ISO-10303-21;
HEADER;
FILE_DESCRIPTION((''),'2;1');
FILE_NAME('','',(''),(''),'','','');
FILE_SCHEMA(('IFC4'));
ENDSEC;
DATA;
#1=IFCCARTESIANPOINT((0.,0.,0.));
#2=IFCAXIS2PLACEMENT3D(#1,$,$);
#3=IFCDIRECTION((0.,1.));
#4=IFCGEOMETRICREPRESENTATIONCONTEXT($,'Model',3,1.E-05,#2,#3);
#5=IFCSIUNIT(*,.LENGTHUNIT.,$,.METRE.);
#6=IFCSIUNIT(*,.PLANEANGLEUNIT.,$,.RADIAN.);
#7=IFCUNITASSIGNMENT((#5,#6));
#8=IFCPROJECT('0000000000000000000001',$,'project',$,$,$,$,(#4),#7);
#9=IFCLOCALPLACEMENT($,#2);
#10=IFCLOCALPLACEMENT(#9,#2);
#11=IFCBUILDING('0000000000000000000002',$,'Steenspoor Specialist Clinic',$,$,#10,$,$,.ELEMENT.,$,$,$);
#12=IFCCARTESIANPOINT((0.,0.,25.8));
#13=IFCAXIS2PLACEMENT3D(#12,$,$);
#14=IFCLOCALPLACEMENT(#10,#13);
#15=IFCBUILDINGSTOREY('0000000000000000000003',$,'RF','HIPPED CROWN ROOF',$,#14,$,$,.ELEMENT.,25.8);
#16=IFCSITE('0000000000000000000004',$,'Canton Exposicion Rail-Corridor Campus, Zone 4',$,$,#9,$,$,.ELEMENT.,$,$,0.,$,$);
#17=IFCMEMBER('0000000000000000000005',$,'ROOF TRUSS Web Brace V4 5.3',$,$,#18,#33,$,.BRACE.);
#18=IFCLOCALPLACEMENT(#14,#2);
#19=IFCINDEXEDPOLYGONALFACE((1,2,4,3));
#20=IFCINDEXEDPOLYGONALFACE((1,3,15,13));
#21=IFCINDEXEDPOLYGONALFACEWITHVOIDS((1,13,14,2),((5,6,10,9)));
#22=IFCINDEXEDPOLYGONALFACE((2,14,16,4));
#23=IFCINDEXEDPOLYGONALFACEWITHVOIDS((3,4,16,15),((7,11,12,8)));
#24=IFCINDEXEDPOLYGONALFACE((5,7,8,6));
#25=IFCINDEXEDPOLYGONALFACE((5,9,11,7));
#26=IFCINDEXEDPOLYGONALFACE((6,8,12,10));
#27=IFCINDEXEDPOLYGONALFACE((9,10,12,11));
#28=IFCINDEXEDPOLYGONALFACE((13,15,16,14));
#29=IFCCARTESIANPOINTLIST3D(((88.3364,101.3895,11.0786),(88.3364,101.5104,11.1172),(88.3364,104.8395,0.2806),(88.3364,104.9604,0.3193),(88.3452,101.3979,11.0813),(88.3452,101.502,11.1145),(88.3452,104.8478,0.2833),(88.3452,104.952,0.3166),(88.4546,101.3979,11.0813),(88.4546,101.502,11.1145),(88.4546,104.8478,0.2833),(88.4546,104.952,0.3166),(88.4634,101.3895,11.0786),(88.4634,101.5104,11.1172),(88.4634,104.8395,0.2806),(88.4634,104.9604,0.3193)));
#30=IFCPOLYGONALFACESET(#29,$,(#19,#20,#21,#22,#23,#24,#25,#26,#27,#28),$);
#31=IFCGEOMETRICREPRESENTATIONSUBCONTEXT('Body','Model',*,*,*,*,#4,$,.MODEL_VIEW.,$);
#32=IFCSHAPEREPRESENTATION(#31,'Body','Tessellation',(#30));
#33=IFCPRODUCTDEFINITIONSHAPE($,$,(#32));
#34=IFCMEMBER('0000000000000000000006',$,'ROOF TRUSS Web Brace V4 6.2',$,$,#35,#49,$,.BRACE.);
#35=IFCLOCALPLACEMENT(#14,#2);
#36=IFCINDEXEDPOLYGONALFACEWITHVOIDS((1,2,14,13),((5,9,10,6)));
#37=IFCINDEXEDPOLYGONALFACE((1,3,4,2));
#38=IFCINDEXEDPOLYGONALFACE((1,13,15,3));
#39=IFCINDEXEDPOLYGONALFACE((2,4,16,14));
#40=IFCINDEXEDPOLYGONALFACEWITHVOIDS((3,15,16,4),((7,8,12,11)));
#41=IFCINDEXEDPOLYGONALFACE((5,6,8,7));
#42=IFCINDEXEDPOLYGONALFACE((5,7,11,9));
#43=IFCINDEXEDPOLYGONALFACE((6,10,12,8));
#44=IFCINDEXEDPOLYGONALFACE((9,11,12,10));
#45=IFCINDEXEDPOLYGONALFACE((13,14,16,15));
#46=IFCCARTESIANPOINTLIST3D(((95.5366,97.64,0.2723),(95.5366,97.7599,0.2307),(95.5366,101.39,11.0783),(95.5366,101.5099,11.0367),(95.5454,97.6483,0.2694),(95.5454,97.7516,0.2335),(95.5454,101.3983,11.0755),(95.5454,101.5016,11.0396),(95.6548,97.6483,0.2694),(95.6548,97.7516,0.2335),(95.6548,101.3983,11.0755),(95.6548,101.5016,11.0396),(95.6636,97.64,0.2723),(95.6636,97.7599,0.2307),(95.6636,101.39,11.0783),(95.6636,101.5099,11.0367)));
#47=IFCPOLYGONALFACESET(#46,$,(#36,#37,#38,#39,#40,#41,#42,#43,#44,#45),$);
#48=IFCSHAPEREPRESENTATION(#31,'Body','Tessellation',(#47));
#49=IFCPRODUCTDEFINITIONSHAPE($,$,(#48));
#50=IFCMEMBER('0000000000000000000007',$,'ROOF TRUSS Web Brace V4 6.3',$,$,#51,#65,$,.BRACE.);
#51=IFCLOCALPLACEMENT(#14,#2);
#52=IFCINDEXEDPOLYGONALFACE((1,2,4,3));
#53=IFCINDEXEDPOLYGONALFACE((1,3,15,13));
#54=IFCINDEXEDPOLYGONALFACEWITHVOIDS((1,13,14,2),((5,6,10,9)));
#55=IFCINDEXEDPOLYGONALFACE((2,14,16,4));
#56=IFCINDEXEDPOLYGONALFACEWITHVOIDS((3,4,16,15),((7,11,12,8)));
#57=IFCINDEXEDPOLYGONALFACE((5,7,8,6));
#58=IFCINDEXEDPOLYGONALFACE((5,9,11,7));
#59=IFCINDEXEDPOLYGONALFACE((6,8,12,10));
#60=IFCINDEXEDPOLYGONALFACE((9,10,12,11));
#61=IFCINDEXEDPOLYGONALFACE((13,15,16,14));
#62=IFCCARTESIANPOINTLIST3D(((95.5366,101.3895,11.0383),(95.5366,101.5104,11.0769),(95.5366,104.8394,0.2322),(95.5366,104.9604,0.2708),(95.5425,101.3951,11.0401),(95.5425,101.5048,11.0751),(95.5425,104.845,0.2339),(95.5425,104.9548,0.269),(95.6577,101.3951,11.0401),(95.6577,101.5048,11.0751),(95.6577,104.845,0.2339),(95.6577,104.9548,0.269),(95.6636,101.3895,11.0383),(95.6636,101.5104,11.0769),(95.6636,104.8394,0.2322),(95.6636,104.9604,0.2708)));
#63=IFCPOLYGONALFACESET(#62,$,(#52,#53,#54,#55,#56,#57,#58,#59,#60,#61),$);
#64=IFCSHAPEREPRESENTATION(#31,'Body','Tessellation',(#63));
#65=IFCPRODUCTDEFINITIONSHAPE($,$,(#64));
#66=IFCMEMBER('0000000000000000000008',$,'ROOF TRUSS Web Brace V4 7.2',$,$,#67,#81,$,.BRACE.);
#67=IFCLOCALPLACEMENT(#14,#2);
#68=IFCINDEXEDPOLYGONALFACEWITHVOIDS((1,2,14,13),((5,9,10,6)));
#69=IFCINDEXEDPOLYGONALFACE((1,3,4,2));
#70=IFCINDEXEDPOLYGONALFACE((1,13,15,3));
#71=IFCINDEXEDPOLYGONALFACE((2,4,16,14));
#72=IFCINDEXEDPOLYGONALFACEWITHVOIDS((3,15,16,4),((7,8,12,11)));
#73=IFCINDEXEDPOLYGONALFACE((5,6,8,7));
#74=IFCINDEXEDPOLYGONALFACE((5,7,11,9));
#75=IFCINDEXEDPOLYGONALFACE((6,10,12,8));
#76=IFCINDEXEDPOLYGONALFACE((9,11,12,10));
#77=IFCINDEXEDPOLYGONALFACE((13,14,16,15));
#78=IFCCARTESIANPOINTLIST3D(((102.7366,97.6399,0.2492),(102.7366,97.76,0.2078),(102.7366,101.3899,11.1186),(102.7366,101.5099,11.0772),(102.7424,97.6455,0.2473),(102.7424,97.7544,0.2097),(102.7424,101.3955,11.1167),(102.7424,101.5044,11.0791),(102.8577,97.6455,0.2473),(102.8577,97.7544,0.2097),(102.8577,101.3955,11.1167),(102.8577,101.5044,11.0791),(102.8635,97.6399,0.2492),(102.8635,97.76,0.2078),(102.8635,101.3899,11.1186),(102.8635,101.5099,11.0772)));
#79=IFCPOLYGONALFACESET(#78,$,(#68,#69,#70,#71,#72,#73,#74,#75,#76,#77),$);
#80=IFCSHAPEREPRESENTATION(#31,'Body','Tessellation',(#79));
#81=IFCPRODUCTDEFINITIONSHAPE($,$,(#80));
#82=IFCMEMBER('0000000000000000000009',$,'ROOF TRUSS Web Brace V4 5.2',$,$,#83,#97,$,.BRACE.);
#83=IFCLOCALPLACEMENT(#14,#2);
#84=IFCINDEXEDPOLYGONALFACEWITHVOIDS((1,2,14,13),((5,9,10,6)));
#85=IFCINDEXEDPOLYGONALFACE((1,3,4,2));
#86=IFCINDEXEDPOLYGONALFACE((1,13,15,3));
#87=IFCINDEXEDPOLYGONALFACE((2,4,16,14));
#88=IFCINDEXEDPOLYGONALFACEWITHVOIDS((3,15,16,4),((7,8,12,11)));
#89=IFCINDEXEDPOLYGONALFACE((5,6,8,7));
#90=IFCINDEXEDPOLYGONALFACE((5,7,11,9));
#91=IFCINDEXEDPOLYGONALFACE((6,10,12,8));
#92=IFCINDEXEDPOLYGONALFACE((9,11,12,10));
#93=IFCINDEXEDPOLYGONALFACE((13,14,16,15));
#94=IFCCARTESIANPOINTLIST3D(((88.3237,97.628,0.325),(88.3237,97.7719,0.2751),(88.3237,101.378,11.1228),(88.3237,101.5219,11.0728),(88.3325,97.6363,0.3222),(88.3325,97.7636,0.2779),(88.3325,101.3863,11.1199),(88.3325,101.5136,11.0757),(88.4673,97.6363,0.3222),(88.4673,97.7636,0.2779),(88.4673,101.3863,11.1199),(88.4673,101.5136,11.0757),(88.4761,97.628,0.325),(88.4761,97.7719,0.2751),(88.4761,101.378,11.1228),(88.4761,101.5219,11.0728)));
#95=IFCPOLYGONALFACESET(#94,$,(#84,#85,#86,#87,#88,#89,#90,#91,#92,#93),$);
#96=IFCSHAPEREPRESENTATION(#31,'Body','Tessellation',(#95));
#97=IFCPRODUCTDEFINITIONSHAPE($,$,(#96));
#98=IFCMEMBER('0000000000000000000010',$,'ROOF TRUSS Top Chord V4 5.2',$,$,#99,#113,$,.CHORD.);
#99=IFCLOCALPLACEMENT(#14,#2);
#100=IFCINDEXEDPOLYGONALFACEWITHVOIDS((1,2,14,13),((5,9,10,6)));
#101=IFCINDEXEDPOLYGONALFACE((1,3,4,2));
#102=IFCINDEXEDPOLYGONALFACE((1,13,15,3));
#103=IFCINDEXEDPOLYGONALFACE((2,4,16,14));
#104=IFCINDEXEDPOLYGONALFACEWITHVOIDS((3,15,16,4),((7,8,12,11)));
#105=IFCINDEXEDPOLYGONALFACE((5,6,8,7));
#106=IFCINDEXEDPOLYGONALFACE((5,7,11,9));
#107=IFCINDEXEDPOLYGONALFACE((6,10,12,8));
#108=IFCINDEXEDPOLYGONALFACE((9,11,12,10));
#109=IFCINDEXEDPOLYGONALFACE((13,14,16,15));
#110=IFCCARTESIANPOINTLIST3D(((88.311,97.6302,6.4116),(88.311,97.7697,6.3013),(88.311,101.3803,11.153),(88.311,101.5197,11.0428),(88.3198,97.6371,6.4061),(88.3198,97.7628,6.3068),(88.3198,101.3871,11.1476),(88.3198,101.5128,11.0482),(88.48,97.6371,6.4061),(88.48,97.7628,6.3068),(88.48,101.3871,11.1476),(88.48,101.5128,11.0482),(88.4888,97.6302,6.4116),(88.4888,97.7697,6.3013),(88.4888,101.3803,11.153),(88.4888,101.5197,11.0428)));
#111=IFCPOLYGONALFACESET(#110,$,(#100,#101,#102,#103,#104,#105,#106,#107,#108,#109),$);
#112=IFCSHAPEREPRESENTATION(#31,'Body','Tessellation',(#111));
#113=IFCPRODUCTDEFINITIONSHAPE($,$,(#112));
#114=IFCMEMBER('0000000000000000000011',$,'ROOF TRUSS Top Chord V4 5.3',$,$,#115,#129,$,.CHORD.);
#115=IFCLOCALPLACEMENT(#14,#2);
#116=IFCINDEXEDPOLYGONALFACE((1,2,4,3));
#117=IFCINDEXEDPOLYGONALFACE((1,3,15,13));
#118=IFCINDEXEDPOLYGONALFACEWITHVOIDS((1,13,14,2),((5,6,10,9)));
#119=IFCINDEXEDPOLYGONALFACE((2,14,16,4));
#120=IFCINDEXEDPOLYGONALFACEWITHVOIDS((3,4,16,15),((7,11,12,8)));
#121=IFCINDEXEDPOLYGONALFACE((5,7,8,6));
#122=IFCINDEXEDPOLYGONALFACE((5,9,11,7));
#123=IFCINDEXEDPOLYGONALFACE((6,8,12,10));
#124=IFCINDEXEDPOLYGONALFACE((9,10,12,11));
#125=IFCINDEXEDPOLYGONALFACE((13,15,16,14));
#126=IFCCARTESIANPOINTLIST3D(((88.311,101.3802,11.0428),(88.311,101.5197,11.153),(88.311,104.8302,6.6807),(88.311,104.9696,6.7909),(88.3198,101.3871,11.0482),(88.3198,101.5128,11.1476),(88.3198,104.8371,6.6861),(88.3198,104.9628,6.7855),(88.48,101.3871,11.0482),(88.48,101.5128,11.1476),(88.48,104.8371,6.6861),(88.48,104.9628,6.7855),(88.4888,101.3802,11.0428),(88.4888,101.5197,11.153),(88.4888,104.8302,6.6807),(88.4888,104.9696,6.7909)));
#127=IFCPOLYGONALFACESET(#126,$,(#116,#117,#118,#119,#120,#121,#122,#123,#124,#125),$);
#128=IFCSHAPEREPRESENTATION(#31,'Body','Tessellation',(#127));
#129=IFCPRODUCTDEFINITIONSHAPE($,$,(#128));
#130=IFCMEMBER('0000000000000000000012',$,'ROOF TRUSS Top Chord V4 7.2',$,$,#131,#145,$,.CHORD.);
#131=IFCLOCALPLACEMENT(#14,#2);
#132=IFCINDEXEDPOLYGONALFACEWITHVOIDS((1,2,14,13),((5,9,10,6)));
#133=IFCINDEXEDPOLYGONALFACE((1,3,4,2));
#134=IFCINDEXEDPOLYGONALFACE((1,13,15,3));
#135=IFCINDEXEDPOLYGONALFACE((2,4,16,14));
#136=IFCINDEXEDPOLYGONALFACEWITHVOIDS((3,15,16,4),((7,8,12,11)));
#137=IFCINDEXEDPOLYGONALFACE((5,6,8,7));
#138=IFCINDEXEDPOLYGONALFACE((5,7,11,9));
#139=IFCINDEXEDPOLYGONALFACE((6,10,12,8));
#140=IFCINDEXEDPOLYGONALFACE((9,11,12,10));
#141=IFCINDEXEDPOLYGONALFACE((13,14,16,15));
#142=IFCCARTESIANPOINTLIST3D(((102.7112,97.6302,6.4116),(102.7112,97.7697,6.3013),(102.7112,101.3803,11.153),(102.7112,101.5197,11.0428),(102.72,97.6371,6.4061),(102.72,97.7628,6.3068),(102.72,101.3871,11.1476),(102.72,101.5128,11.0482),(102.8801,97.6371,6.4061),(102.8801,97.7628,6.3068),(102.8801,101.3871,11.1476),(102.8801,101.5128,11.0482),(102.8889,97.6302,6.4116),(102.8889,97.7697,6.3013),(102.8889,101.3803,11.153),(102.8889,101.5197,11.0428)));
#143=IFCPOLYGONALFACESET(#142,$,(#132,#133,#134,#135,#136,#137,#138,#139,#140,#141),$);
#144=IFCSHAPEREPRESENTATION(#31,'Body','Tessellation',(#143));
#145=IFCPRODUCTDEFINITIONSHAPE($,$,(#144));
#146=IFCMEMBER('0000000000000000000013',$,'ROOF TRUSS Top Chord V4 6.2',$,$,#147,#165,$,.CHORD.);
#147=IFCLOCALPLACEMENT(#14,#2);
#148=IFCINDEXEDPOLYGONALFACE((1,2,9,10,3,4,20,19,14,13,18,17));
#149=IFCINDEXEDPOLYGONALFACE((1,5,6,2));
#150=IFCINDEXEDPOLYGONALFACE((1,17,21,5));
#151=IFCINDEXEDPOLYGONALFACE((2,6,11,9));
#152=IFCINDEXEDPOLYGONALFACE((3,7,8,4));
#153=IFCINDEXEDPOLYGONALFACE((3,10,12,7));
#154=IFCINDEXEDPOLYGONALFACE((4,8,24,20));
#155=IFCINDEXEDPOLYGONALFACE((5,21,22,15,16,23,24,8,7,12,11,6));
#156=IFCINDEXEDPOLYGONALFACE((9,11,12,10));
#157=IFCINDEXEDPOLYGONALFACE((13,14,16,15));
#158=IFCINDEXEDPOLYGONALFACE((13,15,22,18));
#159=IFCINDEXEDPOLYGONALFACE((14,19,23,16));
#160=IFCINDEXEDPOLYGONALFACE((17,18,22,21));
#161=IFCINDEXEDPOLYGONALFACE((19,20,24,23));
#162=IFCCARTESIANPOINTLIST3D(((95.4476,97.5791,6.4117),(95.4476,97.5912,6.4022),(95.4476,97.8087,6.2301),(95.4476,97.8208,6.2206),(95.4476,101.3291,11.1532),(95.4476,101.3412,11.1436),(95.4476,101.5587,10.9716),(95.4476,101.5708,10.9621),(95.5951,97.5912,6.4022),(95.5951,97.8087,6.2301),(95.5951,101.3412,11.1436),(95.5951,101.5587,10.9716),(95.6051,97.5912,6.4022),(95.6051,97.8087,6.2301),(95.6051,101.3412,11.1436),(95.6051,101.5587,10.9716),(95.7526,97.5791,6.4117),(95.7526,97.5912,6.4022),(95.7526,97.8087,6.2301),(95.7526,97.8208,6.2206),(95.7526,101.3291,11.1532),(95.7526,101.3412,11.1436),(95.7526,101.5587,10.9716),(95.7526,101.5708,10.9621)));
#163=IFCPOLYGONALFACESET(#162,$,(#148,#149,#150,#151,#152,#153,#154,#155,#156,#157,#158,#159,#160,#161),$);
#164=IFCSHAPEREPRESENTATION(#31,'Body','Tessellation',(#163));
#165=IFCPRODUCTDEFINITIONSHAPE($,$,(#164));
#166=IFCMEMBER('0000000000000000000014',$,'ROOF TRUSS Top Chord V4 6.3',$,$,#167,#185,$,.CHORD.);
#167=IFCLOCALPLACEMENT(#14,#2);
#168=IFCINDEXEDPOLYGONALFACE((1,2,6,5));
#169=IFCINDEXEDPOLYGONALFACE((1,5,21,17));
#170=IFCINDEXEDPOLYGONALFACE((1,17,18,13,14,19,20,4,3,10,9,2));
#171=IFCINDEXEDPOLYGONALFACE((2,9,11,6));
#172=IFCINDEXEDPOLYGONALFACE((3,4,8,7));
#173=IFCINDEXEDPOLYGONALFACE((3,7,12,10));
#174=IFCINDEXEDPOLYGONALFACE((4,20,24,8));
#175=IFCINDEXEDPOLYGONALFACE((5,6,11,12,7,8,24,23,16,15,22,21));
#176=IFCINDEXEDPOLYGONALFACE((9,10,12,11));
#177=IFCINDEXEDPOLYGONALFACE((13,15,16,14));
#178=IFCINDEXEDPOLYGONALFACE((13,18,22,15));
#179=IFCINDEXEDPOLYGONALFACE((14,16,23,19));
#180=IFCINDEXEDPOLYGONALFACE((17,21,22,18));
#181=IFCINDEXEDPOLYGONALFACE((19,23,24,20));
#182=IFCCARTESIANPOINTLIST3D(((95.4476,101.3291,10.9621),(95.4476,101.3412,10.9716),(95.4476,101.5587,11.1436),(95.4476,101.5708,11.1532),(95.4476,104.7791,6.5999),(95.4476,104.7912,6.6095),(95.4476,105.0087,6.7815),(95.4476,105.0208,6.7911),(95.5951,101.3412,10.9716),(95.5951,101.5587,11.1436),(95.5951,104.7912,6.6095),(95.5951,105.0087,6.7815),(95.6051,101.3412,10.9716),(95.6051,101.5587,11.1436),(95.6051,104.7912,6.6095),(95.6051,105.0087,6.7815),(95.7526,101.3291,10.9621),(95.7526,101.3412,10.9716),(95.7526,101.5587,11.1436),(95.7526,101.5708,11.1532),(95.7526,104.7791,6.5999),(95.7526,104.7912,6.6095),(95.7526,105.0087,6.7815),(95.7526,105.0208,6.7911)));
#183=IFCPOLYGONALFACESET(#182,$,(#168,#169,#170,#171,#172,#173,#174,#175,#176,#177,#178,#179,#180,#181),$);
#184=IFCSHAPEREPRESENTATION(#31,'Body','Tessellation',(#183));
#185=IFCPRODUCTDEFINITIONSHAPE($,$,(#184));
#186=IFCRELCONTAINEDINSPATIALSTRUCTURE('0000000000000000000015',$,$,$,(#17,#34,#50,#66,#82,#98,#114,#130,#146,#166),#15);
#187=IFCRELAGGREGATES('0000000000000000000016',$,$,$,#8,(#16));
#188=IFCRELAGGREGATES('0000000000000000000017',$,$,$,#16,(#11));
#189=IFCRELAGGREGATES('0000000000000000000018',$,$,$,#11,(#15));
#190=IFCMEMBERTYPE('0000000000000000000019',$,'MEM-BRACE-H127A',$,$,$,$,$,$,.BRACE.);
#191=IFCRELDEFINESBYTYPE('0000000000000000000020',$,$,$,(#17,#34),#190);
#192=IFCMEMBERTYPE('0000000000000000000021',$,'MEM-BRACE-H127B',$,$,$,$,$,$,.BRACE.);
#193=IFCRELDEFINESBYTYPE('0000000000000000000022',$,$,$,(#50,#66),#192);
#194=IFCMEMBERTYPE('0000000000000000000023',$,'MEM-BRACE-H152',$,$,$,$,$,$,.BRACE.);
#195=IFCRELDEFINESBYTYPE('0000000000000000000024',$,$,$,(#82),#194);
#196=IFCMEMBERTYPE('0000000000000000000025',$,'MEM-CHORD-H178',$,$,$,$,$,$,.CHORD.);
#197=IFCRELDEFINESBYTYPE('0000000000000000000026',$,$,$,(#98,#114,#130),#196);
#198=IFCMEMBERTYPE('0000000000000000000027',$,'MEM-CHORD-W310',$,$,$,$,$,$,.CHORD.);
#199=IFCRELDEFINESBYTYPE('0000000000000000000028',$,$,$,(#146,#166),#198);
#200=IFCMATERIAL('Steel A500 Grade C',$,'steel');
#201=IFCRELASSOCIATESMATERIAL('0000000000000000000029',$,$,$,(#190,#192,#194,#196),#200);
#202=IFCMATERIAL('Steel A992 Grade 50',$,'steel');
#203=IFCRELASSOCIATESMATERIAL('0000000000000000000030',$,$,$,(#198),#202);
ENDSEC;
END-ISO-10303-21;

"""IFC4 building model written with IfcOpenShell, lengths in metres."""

from ifc_helpers import new_model, si_unit, direction, frame, origin, origin_2d, place, context, subcontext, project, spatial, hollow_rectangle, i_section, extrude, material, material_profile, profile_set, type_object, element, save


model = new_model("IFC4")

# Units and contexts
model_context = context("Model", 3, precision=1e-05, world=origin(), true_north=direction((0.0, 1.0)))
body_context = subcontext(model_context, "Body", "Model", "MODEL_VIEW")
ifc_project = project(units=[si_unit("LENGTHUNIT", "METRE"), si_unit("PLANEANGLEUNIT", "RADIAN")], contexts=[model_context])

# Site, building, storey
site_placement = place(None, origin())
site = spatial("IfcSite", under=ifc_project, at=site_placement, Name="Canton Exposicion Rail-Corridor Campus, Zone 4", CompositionType="ELEMENT", RefElevation=0.0)
building_placement = place(site_placement, origin())
building = spatial("IfcBuilding", under=site, at=building_placement, Name="Steenspoor Specialist Clinic", CompositionType="ELEMENT")
storey_placement = place(building_placement, frame((0.0, 0.0, 25.8)))
storey = spatial("IfcBuildingStorey", under=building, at=storey_placement, Name="RF", Description="HIPPED CROWN ROOF", CompositionType="ELEMENT", Elevation=25.8)

# Members
ifc_material_1 = material(Name="Steel A500 Grade C", Category="steel")
ifc_material_profile_1 = material_profile(ifc_material_1, hollow_rectangle(XDim=0.127, YDim=0.127, WallThickness=0.0088, at=origin_2d()), Name="HSS127X127X9.5")
ifc_profile_set_1 = profile_set([ifc_material_profile_1], Name="Steel A500 Grade C")
member_type_1 = type_object("IfcMemberType", Name="MEM-BRACE-H127A", PredefinedType="BRACE", material=ifc_profile_set_1)
member_1_placement = place(storey_placement, frame((88.3999, 101.45, 11.0979), z_axis=(0.0, 0.304347, -0.952561), x_axis=(-1.0, 0.0, 0.0)))
element("IfcMember", 1, at=member_1_placement, inside=storey, type_object=member_type_1, Name="ROOF TRUSS Web Brace V4 5.3", PredefinedType="BRACE", context=body_context, shape_type="SweptSolid", body=[
    extrude(hollow_rectangle(XDim=0.127, YDim=0.127, WallThickness=0.0088, at=origin_2d()), origin(), (0.0, 0.0, 1.0), 11.3357),
])
member_2_placement = place(storey_placement, frame((95.6001, 97.7, 0.2515), z_axis=(0.0, 0.327845, 0.944732), x_axis=(-1.0, 0.0, 0.0)))
element("IfcMember", 2, at=member_2_placement, inside=storey, type_object=member_type_1, Name="ROOF TRUSS Web Brace V4 6.2", PredefinedType="BRACE", context=body_context, shape_type="SweptSolid", body=[
    extrude(hollow_rectangle(XDim=0.127, YDim=0.127, WallThickness=0.0088, at=origin_2d()), origin(), (0.0, 0.0, 1.0), 11.4382),
])
ifc_material_profile_2 = material_profile(ifc_material_1, hollow_rectangle(XDim=0.127, YDim=0.127, WallThickness=0.0059, at=origin_2d()), Name="HSS127X127X6.4")
ifc_profile_set_2 = profile_set([ifc_material_profile_2], Name="Steel A500 Grade C")
member_type_2 = type_object("IfcMemberType", Name="MEM-BRACE-H127B", PredefinedType="BRACE", material=ifc_profile_set_2)
member_3_placement = place(storey_placement, frame((95.6001, 101.45, 11.0576), z_axis=(0.0, 0.304135, -0.952629), x_axis=(-1.0, 0.0, 0.0)))
element("IfcMember", 3, at=member_3_placement, inside=storey, type_object=member_type_2, Name="ROOF TRUSS Web Brace V4 6.3", PredefinedType="BRACE", context=body_context, shape_type="SweptSolid", body=[
    extrude(hollow_rectangle(XDim=0.127, YDim=0.127, WallThickness=0.0059, at=origin_2d()), origin(), (0.0, 0.0, 1.0), 11.3435),
])
member_4_placement = place(storey_placement, frame((102.8, 97.7, 0.2285), z_axis=(0.0, 0.326141, 0.945321), x_axis=(-1.0, 0.0, 0.0)))
element("IfcMember", 4, at=member_4_placement, inside=storey, type_object=member_type_2, Name="ROOF TRUSS Web Brace V4 7.2", PredefinedType="BRACE", context=body_context, shape_type="SweptSolid", body=[
    extrude(hollow_rectangle(XDim=0.127, YDim=0.127, WallThickness=0.0059, at=origin_2d()), origin(), (0.0, 0.0, 1.0), 11.498),
])
ifc_material_profile_3 = material_profile(ifc_material_1, hollow_rectangle(XDim=0.1523, YDim=0.1523, WallThickness=0.0088, at=origin_2d()), Name="HSS152X152X9.5")
ifc_profile_set_3 = profile_set([ifc_material_profile_3], Name="Steel A500 Grade C")
member_type_3 = type_object("IfcMemberType", Name="MEM-BRACE-H152", PredefinedType="BRACE", material=ifc_profile_set_3)
member_5_placement = place(storey_placement, frame((88.3999, 97.7, 0.3), z_axis=(0.0, 0.32807, 0.944653), x_axis=(-1.0, 0.0, 0.0)))
element("IfcMember", 5, at=member_5_placement, inside=storey, type_object=member_type_3, Name="ROOF TRUSS Web Brace V4 5.2", PredefinedType="BRACE", context=body_context, shape_type="SweptSolid", body=[
    extrude(hollow_rectangle(XDim=0.1523, YDim=0.1523, WallThickness=0.0088, at=origin_2d()), origin(), (0.0, 0.0, 1.0), 11.4304),
])
ifc_material_profile_4 = material_profile(ifc_material_1, hollow_rectangle(XDim=0.1777, YDim=0.1777, WallThickness=0.0088, at=origin_2d()), Name="HSS178X178X9.5")
ifc_profile_set_4 = profile_set([ifc_material_profile_4], Name="Steel A500 Grade C")
member_type_4 = type_object("IfcMemberType", Name="MEM-CHORD-H178", PredefinedType="CHORD", material=ifc_profile_set_4)
member_6_placement = place(storey_placement, frame((88.3999, 97.7, 6.3564), z_axis=(0.0, 0.620332, 0.78434), x_axis=(-1.0, 0.0, 0.0)))
element("IfcMember", 6, at=member_6_placement, inside=storey, type_object=member_type_4, Name="ROOF TRUSS Top Chord V4 5.2", PredefinedType="CHORD", context=body_context, shape_type="SweptSolid", body=[
    extrude(hollow_rectangle(XDim=0.1777, YDim=0.1777, WallThickness=0.0088, at=origin_2d()), origin(), (0.0, 0.0, 1.0), 6.0452),
])
member_7_placement = place(storey_placement, frame((88.3999, 101.45, 11.0979), z_axis=(0.0, 0.620333, -0.784339), x_axis=(-1.0, 0.0, 0.0)))
element("IfcMember", 7, at=member_7_placement, inside=storey, type_object=member_type_4, Name="ROOF TRUSS Top Chord V4 5.3", PredefinedType="CHORD", context=body_context, shape_type="SweptSolid", body=[
    extrude(hollow_rectangle(XDim=0.1777, YDim=0.1777, WallThickness=0.0088, at=origin_2d()), origin(), (0.0, 0.0, 1.0), 5.5615),
])
member_8_placement = place(storey_placement, frame((102.8, 97.7, 6.3564), z_axis=(0.0, 0.620332, 0.78434), x_axis=(-1.0, 0.0, 0.0)))
element("IfcMember", 8, at=member_8_placement, inside=storey, type_object=member_type_4, Name="ROOF TRUSS Top Chord V4 7.2", PredefinedType="CHORD", context=body_context, shape_type="SweptSolid", body=[
    extrude(hollow_rectangle(XDim=0.1777, YDim=0.1777, WallThickness=0.0088, at=origin_2d()), origin(), (0.0, 0.0, 1.0), 6.0452),
])
ifc_material_2 = material(Name="Steel A992 Grade 50", Category="steel")
ifc_material_profile_5 = material_profile(ifc_material_2, i_section(OverallWidth=0.3049, OverallDepth=0.3081, WebThickness=0.01, FlangeThickness=0.0154, at=origin_2d()), Name="W310X97")
ifc_profile_set_5 = profile_set([ifc_material_profile_5], Name="Steel A992 Grade 50")
member_type_5 = type_object("IfcMemberType", Name="MEM-CHORD-W310", PredefinedType="CHORD", material=ifc_profile_set_5)
member_9_placement = place(storey_placement, frame((95.6001, 97.7, 6.3162), z_axis=(0.0, 0.620332, 0.78434), x_axis=(-1.0, 0.0, 0.0)))
element("IfcMember", 9, at=member_9_placement, inside=storey, type_object=member_type_5, Name="ROOF TRUSS Top Chord V4 6.2", PredefinedType="CHORD", context=body_context, shape_type="SweptSolid", body=[
    extrude(i_section(OverallWidth=0.3049, OverallDepth=0.3081, WebThickness=0.01, FlangeThickness=0.0154, at=origin_2d()), origin(), (0.0, 0.0, 1.0), 6.0452),
])
member_10_placement = place(storey_placement, frame((95.6001, 101.45, 11.0576), z_axis=(0.0, 0.620333, -0.784339), x_axis=(-1.0, 0.0, 0.0)))
element("IfcMember", 10, at=member_10_placement, inside=storey, type_object=member_type_5, Name="ROOF TRUSS Top Chord V4 6.3", PredefinedType="CHORD", context=body_context, shape_type="SweptSolid", body=[
    extrude(i_section(OverallWidth=0.3049, OverallDepth=0.3081, WebThickness=0.01, FlangeThickness=0.0154, at=origin_2d()), origin(), (0.0, 0.0, 1.0), 5.5615),
])

save(model, "model.ifc")
